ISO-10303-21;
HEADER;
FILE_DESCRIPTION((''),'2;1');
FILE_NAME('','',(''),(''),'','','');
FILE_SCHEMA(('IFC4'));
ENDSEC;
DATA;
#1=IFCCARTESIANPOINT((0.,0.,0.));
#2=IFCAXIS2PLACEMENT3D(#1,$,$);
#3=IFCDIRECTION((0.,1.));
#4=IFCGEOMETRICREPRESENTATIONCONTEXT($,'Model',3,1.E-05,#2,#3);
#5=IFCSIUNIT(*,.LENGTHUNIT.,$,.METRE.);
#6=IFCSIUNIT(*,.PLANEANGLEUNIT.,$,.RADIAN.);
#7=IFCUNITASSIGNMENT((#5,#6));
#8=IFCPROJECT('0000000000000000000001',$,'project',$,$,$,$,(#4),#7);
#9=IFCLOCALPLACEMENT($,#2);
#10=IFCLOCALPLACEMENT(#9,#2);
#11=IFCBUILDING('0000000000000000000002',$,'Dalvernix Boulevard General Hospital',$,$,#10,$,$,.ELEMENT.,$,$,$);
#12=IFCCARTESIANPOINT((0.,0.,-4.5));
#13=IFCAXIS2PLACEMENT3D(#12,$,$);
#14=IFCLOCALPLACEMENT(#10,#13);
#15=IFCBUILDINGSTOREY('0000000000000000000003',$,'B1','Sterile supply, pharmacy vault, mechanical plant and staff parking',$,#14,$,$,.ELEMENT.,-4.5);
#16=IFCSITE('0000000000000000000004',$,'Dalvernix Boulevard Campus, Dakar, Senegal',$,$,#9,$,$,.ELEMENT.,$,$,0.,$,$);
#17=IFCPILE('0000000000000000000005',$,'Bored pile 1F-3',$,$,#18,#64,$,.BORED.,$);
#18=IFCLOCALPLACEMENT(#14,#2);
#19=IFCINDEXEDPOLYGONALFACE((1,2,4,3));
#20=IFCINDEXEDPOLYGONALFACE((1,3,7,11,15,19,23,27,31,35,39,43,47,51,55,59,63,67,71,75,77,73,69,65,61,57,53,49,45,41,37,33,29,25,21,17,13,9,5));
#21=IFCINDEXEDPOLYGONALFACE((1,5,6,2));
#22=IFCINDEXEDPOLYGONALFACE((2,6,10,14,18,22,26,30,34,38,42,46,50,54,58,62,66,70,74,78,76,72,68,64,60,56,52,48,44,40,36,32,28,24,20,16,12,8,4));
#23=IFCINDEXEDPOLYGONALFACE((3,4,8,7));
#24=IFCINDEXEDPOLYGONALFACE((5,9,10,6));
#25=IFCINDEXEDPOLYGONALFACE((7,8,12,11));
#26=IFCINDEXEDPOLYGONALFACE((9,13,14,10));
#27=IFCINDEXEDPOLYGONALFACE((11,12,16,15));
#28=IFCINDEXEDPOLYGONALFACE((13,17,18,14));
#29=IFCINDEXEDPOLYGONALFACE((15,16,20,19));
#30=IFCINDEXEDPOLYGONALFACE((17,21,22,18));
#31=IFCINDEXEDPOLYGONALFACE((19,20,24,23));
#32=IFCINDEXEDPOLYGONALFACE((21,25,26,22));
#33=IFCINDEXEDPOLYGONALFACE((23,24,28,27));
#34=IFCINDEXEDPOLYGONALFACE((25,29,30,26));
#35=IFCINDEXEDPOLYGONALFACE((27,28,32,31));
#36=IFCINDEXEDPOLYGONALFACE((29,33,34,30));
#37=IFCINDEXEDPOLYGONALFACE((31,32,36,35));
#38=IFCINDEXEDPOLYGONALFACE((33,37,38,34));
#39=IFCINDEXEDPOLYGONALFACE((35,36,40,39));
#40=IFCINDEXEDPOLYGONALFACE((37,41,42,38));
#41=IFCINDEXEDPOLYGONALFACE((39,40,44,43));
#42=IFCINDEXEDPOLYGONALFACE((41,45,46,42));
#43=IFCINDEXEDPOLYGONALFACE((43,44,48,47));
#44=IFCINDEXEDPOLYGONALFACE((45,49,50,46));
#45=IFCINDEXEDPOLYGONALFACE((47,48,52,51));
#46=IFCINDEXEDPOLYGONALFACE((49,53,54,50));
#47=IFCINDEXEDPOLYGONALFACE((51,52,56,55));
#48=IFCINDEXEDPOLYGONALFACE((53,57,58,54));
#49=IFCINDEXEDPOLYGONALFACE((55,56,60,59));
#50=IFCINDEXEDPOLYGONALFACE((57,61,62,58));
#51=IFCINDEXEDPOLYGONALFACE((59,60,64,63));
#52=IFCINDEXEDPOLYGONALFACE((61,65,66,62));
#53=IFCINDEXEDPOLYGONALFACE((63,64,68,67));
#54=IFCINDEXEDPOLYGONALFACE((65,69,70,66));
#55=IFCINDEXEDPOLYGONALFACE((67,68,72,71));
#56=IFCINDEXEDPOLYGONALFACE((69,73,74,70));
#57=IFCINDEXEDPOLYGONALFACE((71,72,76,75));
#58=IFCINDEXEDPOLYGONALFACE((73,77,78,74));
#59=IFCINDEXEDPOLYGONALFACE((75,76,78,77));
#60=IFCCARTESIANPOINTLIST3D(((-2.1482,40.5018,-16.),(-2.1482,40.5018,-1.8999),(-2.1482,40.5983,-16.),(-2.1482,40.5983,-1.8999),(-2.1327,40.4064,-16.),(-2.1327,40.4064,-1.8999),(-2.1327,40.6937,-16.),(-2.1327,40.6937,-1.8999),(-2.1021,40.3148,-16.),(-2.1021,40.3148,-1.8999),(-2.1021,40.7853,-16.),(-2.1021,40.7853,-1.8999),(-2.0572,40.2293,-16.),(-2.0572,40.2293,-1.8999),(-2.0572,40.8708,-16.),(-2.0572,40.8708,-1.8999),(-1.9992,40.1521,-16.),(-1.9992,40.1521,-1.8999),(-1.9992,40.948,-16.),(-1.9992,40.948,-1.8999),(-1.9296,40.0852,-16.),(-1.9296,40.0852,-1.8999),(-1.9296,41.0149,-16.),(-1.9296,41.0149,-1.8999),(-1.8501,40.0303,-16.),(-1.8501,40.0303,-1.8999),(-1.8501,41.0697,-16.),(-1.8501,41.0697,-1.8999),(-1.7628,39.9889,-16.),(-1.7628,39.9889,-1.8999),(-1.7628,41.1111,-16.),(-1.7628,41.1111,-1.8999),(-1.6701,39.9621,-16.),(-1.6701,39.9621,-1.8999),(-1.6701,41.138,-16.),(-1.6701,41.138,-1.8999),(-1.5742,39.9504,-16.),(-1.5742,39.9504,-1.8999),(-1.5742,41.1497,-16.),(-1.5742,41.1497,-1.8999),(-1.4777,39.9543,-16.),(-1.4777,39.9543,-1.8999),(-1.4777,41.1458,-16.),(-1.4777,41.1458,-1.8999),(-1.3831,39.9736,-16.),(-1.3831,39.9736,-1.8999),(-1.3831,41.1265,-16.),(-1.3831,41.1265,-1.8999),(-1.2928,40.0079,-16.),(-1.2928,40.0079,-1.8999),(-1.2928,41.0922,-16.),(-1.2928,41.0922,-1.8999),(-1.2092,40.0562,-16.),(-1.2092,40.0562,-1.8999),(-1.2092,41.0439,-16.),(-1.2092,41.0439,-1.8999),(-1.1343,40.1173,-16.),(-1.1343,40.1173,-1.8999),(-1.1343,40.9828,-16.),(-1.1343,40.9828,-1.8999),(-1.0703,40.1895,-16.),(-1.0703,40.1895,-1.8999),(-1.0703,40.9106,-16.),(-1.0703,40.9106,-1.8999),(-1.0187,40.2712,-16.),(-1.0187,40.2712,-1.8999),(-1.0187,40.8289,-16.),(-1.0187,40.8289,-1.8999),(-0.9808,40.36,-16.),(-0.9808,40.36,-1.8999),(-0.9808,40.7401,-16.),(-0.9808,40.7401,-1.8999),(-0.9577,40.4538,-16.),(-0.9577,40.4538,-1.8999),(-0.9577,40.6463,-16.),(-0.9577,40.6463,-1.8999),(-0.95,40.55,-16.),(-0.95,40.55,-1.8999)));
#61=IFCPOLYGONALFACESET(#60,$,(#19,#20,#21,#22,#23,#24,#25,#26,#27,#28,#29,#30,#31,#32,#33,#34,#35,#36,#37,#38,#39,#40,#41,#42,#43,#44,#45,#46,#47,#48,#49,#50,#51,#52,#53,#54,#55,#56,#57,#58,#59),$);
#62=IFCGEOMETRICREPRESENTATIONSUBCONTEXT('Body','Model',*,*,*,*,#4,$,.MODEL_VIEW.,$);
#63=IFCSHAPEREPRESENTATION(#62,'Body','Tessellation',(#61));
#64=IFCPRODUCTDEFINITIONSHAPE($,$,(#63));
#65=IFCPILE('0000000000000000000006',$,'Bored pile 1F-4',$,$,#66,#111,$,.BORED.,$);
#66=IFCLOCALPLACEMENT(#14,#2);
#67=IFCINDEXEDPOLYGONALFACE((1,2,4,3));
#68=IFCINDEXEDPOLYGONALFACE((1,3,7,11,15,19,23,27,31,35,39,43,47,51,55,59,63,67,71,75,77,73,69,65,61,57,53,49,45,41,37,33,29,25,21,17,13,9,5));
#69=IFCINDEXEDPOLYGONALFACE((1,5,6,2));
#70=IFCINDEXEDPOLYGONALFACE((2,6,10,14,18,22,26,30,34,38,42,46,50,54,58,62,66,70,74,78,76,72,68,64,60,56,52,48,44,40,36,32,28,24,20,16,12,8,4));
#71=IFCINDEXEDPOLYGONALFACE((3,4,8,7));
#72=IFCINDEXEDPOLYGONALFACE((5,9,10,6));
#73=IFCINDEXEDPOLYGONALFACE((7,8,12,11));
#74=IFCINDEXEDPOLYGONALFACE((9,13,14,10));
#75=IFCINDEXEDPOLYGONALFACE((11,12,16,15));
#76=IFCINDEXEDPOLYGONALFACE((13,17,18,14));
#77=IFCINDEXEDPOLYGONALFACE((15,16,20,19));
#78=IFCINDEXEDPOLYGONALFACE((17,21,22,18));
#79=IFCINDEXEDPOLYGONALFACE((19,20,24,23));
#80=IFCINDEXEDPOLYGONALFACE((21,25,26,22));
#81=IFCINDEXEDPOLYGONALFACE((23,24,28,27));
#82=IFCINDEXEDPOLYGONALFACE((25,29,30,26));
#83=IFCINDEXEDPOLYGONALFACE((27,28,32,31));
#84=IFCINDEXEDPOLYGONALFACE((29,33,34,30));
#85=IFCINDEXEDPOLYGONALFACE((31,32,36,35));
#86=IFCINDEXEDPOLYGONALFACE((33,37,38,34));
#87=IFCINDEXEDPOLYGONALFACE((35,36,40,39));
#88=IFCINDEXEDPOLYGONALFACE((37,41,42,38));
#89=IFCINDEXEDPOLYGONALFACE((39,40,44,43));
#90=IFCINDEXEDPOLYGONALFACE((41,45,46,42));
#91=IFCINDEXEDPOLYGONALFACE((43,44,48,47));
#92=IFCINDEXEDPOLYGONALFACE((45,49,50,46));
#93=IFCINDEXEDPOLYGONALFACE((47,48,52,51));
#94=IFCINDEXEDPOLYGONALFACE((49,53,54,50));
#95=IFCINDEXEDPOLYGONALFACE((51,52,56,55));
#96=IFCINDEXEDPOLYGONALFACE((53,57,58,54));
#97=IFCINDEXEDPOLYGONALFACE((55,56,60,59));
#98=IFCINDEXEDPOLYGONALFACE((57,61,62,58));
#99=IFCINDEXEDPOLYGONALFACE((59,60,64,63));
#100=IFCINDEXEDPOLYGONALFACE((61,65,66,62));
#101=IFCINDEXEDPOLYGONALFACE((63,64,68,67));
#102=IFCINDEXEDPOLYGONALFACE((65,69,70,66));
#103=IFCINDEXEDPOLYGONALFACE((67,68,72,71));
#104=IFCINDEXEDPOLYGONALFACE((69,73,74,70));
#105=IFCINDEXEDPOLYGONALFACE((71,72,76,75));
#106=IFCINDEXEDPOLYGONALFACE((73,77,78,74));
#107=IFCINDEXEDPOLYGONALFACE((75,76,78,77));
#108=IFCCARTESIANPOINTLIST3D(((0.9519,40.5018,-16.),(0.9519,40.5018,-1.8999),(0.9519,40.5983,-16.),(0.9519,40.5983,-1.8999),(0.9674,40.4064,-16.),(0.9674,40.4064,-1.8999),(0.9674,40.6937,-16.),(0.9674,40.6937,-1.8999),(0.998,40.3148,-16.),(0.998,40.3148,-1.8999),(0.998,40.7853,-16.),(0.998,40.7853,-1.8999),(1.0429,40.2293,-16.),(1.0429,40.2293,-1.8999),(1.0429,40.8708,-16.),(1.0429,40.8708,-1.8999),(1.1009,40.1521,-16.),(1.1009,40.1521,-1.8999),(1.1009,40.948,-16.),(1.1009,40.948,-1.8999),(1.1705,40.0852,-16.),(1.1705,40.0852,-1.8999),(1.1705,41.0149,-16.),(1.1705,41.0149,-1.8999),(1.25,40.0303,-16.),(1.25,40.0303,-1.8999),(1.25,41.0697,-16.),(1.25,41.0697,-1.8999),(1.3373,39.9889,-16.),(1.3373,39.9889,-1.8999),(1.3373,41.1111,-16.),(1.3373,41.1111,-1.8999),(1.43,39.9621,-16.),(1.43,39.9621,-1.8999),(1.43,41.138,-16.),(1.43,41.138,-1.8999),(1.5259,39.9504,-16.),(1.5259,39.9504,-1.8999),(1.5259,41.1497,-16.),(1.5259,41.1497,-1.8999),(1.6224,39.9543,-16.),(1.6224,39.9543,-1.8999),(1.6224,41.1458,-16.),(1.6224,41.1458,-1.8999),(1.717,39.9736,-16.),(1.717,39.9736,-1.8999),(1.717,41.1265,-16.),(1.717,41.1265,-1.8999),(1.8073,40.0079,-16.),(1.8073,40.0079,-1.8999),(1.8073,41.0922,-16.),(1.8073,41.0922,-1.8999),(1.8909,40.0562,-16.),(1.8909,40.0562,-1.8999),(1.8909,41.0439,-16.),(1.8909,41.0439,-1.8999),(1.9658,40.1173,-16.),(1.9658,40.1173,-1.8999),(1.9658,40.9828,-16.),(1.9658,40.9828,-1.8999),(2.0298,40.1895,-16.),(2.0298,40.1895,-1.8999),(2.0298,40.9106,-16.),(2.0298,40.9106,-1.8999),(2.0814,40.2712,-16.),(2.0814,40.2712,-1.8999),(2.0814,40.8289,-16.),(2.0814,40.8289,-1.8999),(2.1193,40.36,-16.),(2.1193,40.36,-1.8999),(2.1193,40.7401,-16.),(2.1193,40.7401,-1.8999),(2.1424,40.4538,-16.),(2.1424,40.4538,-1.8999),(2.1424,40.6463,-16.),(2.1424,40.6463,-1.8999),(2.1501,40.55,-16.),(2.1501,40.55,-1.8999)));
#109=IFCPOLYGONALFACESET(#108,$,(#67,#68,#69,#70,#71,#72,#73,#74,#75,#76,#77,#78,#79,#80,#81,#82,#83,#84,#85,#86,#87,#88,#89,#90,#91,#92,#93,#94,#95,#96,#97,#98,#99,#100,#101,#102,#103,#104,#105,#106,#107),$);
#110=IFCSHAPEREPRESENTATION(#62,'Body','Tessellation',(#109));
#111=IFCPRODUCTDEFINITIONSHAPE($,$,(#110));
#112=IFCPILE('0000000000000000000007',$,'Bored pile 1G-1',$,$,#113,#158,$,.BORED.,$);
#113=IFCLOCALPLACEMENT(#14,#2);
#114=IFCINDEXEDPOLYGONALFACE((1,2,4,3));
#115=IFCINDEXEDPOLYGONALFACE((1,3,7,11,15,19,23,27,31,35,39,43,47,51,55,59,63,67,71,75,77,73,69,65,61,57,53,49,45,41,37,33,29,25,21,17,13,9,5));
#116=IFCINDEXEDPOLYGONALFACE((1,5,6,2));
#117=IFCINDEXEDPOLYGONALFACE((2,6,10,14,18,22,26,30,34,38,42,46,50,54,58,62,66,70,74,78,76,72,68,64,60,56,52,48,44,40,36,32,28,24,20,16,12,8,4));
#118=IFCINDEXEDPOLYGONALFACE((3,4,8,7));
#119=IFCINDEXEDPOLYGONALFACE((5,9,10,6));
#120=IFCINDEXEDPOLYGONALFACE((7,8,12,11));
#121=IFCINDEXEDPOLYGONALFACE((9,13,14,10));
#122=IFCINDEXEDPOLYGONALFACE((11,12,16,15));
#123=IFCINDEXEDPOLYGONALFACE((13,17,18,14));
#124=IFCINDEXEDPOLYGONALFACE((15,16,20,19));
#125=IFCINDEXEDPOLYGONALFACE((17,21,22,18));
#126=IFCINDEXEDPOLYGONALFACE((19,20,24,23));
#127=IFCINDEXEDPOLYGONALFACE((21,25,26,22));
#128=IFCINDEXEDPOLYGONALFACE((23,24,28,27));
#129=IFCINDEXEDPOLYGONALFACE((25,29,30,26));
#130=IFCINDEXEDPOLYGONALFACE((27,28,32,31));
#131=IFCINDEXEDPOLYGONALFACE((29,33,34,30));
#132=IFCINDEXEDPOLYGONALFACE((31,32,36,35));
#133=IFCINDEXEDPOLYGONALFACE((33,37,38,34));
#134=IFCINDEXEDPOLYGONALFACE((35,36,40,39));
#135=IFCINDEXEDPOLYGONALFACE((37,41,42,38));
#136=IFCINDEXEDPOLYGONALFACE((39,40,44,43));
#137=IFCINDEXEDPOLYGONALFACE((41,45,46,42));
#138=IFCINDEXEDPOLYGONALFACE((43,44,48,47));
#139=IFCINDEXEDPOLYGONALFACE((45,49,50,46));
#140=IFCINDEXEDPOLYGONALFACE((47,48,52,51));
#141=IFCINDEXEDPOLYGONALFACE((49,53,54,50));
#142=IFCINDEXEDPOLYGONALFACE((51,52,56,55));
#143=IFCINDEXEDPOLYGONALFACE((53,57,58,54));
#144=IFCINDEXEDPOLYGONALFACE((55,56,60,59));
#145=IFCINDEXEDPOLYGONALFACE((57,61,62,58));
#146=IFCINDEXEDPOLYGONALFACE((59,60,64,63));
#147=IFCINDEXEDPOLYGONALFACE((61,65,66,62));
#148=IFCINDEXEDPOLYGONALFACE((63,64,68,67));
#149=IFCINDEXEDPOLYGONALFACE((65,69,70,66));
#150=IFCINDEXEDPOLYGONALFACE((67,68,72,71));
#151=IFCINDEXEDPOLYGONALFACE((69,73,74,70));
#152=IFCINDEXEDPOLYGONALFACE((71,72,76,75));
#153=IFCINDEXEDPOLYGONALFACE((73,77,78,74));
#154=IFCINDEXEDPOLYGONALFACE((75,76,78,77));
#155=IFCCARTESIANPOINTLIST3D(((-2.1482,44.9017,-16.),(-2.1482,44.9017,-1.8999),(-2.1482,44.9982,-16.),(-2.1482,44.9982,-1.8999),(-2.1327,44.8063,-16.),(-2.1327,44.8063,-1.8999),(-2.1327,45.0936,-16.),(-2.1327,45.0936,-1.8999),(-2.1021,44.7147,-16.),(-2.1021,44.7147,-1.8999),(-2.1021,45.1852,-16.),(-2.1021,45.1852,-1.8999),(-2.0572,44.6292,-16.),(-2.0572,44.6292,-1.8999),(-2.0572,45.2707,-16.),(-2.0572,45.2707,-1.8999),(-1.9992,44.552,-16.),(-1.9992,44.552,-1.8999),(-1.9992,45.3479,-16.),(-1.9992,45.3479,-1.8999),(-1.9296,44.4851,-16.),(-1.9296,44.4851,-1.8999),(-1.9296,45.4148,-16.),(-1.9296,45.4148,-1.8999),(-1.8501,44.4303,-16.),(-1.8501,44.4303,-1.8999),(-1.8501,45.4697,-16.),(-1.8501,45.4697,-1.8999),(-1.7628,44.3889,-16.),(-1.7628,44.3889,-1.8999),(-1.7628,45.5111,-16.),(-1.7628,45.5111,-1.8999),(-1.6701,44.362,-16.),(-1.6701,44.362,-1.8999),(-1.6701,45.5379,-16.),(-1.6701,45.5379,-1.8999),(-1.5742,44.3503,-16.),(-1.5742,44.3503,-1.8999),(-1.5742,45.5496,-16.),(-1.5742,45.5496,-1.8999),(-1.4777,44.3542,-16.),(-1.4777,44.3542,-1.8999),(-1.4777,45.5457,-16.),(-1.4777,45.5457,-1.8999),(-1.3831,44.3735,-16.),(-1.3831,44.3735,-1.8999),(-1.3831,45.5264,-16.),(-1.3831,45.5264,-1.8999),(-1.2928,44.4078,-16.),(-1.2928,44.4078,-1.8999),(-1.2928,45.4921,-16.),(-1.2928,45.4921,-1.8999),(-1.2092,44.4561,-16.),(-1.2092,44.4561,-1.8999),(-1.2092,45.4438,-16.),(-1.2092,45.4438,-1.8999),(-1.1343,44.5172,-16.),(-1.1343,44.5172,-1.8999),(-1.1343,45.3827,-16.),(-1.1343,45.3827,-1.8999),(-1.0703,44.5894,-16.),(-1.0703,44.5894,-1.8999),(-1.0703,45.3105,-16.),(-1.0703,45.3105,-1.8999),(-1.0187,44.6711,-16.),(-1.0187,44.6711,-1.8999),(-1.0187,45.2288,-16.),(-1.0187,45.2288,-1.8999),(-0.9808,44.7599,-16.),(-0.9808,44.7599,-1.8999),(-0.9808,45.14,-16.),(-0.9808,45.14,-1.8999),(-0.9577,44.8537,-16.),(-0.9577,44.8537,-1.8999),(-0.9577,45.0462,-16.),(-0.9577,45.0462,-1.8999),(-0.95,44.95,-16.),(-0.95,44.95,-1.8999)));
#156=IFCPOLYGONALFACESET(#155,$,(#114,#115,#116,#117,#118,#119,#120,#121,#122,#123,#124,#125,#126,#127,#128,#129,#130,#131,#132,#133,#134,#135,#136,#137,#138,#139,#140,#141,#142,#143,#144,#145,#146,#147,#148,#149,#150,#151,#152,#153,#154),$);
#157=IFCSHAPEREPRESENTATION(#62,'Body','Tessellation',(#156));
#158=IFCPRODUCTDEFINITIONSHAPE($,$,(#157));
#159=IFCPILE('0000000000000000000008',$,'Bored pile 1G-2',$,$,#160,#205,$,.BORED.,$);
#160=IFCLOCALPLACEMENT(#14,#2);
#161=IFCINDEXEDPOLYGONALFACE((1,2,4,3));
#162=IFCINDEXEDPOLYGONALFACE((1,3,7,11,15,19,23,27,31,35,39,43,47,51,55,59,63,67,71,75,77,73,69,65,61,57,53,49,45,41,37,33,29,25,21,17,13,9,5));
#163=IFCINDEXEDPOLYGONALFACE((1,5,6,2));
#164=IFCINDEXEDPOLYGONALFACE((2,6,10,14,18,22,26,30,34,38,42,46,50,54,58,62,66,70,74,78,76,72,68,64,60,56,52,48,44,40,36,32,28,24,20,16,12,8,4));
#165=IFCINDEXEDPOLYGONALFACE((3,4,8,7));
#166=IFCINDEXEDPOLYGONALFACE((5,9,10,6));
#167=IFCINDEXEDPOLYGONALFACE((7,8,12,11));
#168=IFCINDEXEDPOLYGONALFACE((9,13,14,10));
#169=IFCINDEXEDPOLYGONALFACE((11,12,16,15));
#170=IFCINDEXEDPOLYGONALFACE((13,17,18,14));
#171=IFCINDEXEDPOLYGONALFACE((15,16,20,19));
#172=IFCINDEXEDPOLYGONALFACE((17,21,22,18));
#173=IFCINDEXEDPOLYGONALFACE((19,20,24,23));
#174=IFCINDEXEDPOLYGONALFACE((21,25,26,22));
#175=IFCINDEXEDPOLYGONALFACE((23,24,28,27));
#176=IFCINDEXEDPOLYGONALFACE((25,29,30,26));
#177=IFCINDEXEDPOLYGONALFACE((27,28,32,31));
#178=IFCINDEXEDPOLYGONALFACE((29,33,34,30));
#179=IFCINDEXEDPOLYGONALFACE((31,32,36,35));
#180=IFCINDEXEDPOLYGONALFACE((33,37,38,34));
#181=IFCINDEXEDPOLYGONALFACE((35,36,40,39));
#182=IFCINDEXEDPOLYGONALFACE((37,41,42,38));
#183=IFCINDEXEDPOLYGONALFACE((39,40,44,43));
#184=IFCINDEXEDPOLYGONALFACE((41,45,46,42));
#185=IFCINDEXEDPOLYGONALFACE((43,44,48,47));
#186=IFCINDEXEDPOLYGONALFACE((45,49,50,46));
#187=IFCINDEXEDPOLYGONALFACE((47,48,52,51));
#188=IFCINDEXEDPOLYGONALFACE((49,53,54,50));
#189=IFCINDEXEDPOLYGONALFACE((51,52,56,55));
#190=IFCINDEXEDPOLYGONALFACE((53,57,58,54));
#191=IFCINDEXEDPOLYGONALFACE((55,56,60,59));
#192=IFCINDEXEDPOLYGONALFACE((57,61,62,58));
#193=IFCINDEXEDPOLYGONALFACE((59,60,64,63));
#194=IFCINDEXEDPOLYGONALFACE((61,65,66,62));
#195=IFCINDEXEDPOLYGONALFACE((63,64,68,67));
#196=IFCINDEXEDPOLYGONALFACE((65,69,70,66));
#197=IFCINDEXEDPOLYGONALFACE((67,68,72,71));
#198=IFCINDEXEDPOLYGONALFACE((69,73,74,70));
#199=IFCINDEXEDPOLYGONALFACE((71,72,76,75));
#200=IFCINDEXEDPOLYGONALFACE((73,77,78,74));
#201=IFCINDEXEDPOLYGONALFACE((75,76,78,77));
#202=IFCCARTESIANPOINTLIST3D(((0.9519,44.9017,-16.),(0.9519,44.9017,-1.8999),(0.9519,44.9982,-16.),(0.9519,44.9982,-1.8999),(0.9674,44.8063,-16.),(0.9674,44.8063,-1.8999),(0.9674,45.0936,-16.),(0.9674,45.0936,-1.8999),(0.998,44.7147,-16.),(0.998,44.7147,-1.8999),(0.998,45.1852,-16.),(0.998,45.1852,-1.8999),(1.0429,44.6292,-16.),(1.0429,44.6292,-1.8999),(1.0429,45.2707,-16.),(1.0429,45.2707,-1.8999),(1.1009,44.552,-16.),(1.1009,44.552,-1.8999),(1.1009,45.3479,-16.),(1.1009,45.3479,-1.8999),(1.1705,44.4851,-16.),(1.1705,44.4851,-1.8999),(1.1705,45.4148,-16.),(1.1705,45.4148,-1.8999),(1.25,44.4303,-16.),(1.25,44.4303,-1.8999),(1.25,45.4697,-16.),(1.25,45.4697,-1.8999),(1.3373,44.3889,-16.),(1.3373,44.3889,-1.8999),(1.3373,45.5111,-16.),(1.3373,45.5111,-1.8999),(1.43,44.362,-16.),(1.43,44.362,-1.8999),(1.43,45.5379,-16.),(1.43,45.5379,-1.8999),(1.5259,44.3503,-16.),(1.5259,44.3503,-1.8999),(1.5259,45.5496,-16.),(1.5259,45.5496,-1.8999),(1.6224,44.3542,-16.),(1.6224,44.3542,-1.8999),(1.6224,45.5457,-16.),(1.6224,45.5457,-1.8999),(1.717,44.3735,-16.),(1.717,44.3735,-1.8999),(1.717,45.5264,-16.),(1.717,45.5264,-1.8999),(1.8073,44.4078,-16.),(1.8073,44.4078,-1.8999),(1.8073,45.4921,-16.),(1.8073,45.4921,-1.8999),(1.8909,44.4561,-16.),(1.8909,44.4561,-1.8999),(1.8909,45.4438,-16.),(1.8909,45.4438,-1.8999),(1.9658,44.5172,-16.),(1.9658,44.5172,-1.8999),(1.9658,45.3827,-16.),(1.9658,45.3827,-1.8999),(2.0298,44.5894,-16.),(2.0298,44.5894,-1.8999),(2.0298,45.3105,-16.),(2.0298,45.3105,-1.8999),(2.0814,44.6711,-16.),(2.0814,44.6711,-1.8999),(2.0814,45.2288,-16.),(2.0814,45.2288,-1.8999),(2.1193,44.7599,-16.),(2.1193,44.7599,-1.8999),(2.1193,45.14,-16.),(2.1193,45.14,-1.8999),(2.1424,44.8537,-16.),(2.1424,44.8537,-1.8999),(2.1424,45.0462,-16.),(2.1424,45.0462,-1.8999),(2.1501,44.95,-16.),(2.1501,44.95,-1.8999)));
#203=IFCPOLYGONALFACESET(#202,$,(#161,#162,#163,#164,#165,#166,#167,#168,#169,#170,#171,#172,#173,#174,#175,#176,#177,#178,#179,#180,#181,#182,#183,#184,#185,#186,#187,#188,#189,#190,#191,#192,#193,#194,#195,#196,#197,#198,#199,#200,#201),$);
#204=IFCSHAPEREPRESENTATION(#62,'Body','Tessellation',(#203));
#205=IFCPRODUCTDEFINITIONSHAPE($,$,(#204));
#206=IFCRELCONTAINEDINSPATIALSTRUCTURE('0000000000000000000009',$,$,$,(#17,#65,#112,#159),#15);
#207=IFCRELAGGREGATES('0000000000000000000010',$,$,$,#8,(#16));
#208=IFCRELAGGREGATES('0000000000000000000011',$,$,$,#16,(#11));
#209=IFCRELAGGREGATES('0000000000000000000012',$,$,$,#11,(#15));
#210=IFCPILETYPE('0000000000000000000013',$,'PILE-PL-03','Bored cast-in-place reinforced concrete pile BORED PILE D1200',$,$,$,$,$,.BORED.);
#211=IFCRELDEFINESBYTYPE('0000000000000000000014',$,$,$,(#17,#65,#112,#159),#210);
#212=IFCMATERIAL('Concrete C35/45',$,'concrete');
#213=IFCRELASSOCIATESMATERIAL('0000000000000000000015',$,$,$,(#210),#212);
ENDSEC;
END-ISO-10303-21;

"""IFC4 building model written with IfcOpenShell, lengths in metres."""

from ifc_helpers import new_model, si_unit, direction, frame, origin, origin_2d, place, context, subcontext, project, spatial, circle, extrude, material, material_profile, profile_set, type_object, element, save


model = new_model("IFC4")

# Units and contexts
model_context = context("Model", 3, precision=1e-05, world=origin(), true_north=direction((0.0, 1.0)))
body_context = subcontext(model_context, "Body", "Model", "MODEL_VIEW")
ifc_project = project(units=[si_unit("LENGTHUNIT", "METRE"), si_unit("PLANEANGLEUNIT", "RADIAN")], contexts=[model_context])

# Site, building, storey
site_placement = place(None, origin())
site = spatial("IfcSite", under=ifc_project, at=site_placement, Name="Dalvernix Boulevard Campus, Dakar, Senegal", CompositionType="ELEMENT", RefElevation=0.0)
building_placement = place(site_placement, origin())
building = spatial("IfcBuilding", under=site, at=building_placement, Name="Dalvernix Boulevard General Hospital", CompositionType="ELEMENT")
storey_placement = place(building_placement, frame((0.0, 0.0, -4.5)))
storey = spatial("IfcBuildingStorey", under=building, at=storey_placement, Name="B1", Description="Sterile supply, pharmacy vault, mechanical plant and staff parking", CompositionType="ELEMENT", Elevation=-4.5)

# Shared definitions
ifc_material_1 = material(Name="Concrete C35/45", Category="concrete")

# Piles
ifc_material_profile_1 = material_profile(ifc_material_1, circle(Radius=0.6001, at=origin_2d()), Name="BORED PILE D1200")
ifc_profile_set_1 = profile_set([ifc_material_profile_1], Name="Concrete C35/45")
pile_type = type_object("IfcPileType", Name="PILE-PL-03", Description="Bored cast-in-place reinforced concrete pile BORED PILE D1200", PredefinedType="BORED", material=ifc_profile_set_1)
for number, where, z_axis, x_axis, name in (
    (1, (-1.55, 40.55, -1.8999), (0.0, 0.0, -1.0), (1.0, 0.0, 0.0), "Bored pile 1F-3"),
    (2, (1.55, 40.55, -1.8999), (0.0, 0.0, -1.0), (1.0, 0.0, 0.0), "Bored pile 1F-4"),
    (3, (-1.55, 44.95, -1.8999), (0.0, 0.0, -1.0), (1.0, 0.0, 0.0), "Bored pile 1G-1"),
    (4, (1.55, 44.95, -1.8999), (0.0, 0.0, -1.0), (1.0, 0.0, 0.0), "Bored pile 1G-2"),
):
    element("IfcPile", number, at=place(storey_placement, frame(where, z_axis=z_axis, x_axis=x_axis)), inside=storey, type_object=pile_type, Name=name, PredefinedType="BORED", context=body_context, shape_type="SweptSolid", body=[
        extrude(circle(Radius=0.6001, at=origin_2d()), origin(), (0.0, 0.0, 1.0), 14.1001),
    ])

save(model, "model.ifc")
